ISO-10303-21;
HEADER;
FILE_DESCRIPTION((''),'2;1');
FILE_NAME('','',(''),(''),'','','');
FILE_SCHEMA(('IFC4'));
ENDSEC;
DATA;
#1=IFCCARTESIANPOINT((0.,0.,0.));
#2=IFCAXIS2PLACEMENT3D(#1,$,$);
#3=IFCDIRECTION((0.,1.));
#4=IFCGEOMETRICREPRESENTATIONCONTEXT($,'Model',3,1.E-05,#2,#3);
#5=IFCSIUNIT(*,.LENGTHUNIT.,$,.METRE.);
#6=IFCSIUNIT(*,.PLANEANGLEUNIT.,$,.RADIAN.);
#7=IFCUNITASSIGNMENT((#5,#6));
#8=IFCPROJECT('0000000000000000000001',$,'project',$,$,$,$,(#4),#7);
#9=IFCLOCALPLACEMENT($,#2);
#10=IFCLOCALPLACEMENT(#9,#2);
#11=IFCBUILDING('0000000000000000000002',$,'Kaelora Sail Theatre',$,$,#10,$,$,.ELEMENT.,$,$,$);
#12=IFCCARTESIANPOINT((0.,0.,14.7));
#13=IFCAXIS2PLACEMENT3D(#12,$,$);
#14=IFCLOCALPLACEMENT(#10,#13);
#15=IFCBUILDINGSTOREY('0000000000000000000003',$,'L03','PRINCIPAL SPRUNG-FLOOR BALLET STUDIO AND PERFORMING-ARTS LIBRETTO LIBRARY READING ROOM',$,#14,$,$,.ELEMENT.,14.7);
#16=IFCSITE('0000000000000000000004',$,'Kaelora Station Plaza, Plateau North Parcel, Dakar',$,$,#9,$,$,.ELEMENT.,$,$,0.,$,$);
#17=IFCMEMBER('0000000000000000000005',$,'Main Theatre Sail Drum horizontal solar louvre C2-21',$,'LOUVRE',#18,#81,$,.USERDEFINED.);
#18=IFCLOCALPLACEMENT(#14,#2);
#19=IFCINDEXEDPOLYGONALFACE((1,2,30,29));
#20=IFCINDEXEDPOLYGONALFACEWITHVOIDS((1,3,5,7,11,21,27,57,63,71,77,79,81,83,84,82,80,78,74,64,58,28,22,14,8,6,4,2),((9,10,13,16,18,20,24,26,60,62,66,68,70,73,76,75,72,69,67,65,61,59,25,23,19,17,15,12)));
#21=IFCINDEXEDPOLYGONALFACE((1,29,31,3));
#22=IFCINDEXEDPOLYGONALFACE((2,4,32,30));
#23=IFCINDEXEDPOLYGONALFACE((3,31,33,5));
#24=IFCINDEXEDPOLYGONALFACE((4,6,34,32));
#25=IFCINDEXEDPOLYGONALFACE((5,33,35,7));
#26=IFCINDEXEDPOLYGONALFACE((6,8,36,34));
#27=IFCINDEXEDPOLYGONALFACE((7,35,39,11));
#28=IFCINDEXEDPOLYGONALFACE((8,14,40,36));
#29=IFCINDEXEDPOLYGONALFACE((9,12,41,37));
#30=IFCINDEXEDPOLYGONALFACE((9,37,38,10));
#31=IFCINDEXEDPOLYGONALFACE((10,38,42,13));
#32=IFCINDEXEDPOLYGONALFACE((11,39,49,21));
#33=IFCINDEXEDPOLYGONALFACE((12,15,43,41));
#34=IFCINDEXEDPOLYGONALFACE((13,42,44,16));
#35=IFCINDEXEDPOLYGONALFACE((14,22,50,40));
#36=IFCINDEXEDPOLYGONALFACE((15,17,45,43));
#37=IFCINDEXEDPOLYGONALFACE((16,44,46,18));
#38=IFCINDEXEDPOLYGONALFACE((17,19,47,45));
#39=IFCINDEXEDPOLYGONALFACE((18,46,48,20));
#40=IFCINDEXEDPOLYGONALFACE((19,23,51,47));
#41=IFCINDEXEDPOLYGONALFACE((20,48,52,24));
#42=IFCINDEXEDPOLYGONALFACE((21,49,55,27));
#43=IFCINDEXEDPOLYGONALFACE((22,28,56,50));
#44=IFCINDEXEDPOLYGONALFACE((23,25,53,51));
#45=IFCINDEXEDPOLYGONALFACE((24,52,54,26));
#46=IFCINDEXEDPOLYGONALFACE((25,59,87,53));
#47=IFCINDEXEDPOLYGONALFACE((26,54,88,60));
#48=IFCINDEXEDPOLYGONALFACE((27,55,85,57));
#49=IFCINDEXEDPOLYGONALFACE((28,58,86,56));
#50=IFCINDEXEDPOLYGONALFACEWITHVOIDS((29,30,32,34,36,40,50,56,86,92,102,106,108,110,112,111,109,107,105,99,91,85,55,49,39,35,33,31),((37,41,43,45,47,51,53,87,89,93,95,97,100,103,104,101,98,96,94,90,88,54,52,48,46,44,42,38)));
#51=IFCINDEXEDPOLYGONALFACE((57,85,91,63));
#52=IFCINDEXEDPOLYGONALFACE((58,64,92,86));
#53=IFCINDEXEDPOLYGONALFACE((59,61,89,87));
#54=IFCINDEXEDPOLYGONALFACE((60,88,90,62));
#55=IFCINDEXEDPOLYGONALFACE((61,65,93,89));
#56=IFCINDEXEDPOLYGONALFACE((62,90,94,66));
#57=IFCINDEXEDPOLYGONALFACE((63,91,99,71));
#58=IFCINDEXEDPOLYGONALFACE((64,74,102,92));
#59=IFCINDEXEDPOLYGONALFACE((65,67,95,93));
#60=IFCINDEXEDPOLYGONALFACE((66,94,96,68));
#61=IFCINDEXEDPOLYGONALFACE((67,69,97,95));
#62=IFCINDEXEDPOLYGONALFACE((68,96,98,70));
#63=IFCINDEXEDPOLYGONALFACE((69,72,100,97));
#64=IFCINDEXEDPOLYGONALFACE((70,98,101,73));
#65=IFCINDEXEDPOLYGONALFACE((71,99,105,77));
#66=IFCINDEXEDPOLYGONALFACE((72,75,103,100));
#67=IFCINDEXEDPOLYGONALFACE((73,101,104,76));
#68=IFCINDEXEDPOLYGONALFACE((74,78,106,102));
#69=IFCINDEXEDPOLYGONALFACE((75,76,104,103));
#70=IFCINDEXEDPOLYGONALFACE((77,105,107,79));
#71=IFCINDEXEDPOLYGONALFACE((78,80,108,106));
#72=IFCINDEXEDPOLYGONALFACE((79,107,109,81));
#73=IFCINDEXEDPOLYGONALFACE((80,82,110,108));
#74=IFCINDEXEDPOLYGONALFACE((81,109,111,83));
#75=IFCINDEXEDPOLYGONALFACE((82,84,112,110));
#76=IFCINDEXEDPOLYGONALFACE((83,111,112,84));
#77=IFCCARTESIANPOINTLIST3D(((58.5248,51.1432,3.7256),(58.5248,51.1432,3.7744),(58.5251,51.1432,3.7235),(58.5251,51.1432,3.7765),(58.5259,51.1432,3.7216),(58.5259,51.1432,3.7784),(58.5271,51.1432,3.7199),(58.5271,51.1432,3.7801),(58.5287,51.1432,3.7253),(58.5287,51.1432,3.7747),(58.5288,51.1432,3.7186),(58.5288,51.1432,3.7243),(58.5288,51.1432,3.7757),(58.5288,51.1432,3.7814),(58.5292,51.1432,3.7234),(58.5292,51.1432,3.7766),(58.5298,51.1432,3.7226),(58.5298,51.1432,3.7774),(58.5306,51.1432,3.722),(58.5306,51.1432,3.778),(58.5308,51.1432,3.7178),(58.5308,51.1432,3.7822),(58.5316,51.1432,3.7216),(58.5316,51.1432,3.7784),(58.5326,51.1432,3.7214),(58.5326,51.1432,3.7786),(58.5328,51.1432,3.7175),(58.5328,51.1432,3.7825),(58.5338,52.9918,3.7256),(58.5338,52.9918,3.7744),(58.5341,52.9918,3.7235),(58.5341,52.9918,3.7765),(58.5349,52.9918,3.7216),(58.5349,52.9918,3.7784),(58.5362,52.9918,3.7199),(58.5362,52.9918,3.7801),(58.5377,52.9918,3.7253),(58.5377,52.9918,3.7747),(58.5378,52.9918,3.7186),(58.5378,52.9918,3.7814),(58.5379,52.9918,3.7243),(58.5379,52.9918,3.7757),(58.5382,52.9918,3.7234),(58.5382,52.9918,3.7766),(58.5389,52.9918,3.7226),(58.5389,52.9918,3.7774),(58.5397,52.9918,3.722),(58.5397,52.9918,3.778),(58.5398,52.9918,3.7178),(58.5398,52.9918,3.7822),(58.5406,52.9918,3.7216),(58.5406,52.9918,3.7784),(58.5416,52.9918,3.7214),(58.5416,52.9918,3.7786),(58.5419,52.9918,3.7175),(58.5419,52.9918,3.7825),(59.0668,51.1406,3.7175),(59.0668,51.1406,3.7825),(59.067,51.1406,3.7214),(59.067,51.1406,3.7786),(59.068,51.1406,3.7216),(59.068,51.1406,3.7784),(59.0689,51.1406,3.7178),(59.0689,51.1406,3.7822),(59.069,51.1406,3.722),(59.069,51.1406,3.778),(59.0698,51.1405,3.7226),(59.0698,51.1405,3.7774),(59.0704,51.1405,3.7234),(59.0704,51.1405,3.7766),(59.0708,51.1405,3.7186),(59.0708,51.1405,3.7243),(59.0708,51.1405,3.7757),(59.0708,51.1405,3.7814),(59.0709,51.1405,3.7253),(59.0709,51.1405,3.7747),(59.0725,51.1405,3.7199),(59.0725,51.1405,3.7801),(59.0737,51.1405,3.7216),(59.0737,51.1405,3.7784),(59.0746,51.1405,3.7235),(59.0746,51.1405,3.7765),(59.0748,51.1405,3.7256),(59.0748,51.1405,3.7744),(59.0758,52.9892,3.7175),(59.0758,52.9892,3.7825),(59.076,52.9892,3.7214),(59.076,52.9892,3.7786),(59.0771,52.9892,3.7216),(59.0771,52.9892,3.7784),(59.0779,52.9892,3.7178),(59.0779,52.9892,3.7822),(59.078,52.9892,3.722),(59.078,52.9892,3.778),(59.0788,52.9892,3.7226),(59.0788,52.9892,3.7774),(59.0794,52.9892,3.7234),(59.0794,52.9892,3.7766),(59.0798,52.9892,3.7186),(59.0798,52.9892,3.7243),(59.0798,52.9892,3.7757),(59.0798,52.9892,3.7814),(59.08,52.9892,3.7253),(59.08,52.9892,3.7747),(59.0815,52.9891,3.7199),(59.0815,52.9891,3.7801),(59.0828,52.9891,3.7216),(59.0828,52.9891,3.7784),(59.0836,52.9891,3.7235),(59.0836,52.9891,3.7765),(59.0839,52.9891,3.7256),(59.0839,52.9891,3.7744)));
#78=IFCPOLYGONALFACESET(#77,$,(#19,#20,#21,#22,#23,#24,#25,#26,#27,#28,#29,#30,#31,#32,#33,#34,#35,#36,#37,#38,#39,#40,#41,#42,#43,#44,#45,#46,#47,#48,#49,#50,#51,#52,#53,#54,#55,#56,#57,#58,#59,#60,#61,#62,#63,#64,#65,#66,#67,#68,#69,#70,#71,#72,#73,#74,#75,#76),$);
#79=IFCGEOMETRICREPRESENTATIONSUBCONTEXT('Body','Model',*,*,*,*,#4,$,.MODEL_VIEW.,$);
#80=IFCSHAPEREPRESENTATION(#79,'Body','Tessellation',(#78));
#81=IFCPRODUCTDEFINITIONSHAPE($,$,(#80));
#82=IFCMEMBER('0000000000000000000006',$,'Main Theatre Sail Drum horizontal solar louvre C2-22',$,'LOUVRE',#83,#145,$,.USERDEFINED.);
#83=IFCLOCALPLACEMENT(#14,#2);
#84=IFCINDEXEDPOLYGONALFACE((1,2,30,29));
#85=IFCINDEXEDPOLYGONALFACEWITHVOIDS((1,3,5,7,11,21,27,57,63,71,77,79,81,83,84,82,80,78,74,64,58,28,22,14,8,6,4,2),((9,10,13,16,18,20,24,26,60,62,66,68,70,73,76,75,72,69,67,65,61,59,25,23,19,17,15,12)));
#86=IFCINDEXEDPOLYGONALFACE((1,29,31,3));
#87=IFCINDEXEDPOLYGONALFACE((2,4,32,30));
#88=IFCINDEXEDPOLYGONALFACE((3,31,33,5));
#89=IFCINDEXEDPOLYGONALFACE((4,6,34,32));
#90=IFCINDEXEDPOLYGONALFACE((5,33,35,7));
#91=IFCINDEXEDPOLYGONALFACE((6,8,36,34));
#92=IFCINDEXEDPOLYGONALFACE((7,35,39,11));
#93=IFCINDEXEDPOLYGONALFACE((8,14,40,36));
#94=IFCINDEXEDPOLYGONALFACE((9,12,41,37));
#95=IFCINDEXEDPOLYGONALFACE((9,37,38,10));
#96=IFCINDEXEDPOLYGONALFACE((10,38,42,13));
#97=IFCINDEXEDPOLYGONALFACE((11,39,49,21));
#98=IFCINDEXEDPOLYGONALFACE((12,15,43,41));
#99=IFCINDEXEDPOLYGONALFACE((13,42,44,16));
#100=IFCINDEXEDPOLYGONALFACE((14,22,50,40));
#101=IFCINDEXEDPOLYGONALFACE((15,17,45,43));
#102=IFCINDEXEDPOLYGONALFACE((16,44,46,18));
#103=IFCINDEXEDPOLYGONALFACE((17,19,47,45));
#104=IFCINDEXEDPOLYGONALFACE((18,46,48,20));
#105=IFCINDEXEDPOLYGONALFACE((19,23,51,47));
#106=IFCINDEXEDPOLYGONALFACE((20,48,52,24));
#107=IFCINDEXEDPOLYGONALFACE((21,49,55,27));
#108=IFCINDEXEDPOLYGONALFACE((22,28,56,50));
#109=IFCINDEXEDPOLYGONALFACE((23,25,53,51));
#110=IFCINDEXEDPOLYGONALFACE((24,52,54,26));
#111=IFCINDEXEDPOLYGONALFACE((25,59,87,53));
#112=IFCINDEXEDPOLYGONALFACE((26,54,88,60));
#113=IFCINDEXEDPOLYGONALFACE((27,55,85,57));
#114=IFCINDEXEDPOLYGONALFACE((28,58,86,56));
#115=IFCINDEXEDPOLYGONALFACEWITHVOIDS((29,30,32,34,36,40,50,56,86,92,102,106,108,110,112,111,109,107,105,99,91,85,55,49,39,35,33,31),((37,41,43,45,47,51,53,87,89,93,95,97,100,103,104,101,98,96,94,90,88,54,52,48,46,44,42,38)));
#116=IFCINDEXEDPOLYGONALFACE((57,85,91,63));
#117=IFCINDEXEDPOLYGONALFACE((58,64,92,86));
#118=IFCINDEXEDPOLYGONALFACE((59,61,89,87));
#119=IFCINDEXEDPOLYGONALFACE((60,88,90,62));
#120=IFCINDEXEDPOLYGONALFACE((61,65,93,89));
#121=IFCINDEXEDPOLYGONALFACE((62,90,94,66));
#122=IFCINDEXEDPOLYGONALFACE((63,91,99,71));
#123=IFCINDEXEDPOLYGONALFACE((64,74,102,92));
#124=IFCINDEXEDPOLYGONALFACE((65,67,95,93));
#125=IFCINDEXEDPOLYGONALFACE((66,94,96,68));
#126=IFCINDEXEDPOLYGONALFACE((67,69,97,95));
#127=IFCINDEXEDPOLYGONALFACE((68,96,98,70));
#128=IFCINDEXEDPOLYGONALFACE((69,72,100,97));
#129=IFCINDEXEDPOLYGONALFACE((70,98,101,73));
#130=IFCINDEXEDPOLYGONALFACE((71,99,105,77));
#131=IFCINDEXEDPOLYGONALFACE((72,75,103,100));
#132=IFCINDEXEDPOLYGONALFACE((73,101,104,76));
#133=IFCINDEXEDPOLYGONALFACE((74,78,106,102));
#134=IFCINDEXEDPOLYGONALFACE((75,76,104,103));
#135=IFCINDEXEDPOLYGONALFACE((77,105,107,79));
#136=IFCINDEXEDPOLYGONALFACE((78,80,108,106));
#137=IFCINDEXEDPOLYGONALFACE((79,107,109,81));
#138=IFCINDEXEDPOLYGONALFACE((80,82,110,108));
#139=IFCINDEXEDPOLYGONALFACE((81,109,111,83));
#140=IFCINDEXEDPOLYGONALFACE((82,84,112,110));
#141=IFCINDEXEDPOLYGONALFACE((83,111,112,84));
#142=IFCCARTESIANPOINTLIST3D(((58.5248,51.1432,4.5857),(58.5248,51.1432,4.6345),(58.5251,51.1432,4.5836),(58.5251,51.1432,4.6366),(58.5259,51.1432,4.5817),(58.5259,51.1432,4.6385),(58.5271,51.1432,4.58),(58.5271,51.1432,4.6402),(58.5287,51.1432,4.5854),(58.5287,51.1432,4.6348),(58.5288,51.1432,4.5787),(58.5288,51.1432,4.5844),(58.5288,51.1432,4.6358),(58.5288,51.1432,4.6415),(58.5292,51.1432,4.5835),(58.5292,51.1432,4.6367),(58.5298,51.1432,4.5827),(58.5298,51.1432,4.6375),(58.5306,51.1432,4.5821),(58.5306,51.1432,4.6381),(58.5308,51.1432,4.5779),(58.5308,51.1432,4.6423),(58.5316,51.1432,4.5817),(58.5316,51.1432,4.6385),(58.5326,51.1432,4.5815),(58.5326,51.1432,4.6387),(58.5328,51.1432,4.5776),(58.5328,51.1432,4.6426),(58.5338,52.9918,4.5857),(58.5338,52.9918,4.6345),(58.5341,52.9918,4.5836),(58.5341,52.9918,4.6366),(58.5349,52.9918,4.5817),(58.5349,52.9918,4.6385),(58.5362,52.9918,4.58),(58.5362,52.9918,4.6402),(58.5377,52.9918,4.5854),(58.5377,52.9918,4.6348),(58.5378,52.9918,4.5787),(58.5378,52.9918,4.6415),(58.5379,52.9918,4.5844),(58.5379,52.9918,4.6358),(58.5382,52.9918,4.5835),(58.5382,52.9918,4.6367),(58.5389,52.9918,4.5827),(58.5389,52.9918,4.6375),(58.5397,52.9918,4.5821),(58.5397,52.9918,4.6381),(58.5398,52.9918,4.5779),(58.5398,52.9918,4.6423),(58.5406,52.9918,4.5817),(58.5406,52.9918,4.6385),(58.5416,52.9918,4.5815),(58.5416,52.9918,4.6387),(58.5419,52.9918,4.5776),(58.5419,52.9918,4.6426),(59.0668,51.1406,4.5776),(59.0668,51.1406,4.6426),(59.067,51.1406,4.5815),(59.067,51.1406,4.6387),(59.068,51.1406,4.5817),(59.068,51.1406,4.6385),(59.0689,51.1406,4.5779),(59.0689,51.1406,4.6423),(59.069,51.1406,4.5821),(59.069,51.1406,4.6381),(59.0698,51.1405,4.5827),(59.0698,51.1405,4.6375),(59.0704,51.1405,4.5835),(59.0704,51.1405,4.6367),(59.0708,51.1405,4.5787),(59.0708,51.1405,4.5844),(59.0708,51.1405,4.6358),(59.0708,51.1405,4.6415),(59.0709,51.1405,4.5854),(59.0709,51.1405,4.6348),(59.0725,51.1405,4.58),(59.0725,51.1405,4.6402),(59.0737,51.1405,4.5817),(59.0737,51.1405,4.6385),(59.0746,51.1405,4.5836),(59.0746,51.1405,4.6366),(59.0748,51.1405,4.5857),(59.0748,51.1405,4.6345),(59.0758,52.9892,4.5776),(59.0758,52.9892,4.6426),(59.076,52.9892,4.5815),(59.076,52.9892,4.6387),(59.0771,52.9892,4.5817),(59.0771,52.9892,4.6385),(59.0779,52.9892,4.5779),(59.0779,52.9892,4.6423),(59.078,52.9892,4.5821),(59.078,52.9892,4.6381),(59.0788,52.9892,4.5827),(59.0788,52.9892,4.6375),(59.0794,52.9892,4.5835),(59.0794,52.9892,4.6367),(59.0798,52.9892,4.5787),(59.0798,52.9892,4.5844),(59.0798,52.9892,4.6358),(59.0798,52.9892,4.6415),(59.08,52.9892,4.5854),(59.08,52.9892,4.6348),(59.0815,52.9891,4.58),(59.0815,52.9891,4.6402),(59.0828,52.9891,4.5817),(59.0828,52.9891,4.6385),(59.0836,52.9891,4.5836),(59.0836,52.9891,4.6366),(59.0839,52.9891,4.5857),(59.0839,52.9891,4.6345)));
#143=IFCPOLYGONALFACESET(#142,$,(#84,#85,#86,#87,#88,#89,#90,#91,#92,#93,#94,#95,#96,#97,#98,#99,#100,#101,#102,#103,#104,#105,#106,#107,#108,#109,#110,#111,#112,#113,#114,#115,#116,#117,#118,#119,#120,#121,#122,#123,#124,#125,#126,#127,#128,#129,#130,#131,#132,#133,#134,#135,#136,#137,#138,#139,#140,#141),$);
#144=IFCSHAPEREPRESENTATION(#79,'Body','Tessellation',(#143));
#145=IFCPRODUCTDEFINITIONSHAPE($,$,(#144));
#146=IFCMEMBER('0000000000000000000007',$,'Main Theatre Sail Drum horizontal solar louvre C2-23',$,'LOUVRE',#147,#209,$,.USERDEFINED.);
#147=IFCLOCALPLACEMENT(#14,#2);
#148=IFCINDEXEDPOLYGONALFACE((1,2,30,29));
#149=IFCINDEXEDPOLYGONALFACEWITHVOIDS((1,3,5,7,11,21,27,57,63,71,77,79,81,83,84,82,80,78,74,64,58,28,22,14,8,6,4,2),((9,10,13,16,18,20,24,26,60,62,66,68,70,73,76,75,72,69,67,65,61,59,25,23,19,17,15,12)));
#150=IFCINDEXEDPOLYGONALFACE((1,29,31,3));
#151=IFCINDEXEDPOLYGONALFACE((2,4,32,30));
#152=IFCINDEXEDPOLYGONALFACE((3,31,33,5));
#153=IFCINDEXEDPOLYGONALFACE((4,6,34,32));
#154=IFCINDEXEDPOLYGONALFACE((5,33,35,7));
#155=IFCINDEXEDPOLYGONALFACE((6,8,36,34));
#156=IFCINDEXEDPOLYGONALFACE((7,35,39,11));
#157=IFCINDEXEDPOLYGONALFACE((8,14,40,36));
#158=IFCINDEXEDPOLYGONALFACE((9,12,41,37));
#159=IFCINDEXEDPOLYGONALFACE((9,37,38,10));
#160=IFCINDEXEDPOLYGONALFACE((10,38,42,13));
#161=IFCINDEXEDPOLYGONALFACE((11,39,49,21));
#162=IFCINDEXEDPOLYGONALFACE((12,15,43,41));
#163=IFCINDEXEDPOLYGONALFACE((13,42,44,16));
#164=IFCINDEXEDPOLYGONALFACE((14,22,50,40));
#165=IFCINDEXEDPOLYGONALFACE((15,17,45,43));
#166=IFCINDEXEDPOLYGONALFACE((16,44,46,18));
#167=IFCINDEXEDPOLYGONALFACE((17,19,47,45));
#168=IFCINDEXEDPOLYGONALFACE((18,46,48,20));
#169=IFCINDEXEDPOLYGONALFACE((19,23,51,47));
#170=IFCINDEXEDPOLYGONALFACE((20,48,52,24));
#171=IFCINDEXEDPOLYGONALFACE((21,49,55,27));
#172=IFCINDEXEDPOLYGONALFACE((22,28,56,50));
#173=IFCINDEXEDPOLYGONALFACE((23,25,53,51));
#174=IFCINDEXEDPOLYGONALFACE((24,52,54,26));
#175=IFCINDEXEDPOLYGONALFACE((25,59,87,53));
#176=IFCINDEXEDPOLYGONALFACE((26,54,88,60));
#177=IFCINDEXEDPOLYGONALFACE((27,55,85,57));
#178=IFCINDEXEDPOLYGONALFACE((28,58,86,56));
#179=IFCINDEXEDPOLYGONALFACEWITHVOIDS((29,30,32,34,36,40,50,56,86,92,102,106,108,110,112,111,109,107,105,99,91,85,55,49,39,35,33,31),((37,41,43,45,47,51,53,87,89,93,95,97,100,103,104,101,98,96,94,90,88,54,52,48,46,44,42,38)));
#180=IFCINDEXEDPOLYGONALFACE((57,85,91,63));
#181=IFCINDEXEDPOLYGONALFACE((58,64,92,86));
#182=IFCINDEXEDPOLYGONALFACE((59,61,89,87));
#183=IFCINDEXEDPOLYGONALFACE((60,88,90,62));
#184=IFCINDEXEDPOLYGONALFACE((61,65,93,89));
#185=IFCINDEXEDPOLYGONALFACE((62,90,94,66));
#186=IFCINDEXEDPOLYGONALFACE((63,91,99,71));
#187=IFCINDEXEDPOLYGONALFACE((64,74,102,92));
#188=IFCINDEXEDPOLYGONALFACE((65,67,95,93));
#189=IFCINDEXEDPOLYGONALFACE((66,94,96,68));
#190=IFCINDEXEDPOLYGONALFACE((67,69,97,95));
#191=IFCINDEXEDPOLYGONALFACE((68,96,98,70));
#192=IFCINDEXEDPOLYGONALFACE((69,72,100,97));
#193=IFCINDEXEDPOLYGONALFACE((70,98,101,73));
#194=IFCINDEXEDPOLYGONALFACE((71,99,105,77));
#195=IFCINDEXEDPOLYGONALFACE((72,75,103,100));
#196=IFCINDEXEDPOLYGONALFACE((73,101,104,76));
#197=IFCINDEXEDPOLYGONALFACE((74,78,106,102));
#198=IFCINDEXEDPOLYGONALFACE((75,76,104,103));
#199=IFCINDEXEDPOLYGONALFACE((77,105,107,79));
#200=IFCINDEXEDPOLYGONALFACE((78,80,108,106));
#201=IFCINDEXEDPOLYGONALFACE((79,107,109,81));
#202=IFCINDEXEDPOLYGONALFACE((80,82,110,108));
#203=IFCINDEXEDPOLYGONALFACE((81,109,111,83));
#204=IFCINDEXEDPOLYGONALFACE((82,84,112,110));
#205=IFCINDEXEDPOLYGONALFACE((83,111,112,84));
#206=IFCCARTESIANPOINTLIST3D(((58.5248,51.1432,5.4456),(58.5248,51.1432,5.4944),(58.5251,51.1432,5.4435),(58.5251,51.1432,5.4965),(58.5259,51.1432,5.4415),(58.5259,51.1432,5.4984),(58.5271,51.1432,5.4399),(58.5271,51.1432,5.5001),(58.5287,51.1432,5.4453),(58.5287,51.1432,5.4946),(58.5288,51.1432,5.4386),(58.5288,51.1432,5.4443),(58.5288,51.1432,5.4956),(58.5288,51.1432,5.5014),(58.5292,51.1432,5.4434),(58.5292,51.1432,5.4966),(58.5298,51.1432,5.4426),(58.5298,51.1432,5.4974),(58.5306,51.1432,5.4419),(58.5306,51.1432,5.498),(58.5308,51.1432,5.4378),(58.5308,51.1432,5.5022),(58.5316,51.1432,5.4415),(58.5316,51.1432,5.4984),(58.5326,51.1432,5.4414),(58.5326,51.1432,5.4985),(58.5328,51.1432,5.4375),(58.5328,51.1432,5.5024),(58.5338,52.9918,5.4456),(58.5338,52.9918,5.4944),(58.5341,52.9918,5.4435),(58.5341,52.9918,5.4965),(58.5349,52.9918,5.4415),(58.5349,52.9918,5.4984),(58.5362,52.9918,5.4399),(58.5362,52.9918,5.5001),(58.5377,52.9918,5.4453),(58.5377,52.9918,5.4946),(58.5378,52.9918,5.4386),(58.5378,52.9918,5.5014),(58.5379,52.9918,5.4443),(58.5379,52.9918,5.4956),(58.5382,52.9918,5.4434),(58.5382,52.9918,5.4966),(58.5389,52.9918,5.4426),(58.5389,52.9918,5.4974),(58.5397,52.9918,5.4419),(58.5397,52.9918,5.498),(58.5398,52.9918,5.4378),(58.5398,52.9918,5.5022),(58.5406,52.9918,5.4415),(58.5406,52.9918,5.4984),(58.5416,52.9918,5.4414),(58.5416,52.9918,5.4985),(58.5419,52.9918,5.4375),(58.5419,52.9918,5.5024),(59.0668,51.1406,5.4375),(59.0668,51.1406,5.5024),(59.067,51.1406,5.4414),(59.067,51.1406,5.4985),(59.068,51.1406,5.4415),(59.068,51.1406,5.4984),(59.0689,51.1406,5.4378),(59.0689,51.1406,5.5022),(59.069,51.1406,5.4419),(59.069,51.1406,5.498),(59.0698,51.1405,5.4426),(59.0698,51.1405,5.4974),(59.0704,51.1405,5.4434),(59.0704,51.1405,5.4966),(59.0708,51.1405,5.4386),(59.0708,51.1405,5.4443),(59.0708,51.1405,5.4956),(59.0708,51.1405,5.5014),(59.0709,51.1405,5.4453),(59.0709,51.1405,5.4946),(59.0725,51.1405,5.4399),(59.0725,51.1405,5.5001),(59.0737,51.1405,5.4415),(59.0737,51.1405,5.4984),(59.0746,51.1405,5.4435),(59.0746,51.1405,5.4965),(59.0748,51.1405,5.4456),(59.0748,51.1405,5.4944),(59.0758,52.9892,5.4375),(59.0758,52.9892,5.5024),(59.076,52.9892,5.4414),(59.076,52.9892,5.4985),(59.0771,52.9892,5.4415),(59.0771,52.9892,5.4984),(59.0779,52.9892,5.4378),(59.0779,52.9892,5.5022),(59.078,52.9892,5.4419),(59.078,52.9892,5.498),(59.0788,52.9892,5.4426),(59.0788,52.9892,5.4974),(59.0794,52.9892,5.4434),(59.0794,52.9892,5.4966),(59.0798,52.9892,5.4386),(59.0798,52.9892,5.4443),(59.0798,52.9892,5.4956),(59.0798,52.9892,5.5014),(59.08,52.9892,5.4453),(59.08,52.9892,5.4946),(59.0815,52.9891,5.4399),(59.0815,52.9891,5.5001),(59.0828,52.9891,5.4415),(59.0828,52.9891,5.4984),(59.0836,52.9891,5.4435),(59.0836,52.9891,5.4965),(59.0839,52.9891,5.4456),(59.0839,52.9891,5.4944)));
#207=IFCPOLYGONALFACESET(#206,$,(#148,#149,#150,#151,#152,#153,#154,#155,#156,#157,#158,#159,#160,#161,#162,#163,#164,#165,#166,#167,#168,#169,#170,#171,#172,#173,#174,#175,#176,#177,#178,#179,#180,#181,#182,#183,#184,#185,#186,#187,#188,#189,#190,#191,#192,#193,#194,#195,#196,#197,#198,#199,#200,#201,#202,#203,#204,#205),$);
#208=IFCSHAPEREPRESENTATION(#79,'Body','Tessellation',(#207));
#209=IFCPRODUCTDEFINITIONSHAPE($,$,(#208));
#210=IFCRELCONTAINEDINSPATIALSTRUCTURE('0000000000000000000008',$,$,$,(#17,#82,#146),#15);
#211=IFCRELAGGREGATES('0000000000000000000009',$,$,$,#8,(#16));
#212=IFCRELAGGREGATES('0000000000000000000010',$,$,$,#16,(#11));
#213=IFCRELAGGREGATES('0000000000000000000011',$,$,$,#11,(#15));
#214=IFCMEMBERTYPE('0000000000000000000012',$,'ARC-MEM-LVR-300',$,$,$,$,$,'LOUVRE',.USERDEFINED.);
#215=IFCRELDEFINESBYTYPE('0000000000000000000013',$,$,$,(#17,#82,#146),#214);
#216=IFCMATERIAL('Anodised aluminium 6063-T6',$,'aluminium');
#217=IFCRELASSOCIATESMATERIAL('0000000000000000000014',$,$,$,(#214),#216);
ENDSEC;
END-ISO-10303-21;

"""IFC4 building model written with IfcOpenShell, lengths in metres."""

from ifc_helpers import new_model, si_unit, direction, frame, origin, origin_2d, place, context, subcontext, project, spatial, hollow_rectangle, extrude, material, material_profile, profile_set, type_object, element, save


model = new_model("IFC4")

# Units and contexts
model_context = context("Model", 3, precision=1e-05, world=origin(), true_north=direction((0.0, 1.0)))
body_context = subcontext(model_context, "Body", "Model", "MODEL_VIEW")
ifc_project = project(units=[si_unit("LENGTHUNIT", "METRE"), si_unit("PLANEANGLEUNIT", "RADIAN")], contexts=[model_context])

# Site, building, storey
site_placement = place(None, origin())
site = spatial("IfcSite", under=ifc_project, at=site_placement, Name="Kaelora Station Plaza, Plateau North Parcel, Dakar", CompositionType="ELEMENT", RefElevation=0.0)
building_placement = place(site_placement, origin())
building = spatial("IfcBuilding", under=site, at=building_placement, Name="Kaelora Sail Theatre", CompositionType="ELEMENT")
storey_placement = place(building_placement, frame((0.0, 0.0, 14.7)))
storey = spatial("IfcBuildingStorey", under=building, at=storey_placement, Name="L03", Description="PRINCIPAL SPRUNG-FLOOR BALLET STUDIO AND PERFORMING-ARTS LIBRETTO LIBRARY READING ROOM", CompositionType="ELEMENT", Elevation=14.7)

# Members
ifc_material_1 = material(Name="Anodised aluminium 6063-T6", Category="aluminium")
ifc_material_profile_1 = material_profile(ifc_material_1, hollow_rectangle(XDim=0.55, YDim=0.0649, WallThickness=0.0039, InnerFilletRadius=0.0039, OuterFilletRadius=0.0081, at=origin_2d()), Name="LOUVRE 550x65x4")
ifc_profile_set_1 = profile_set([ifc_material_profile_1], Name="Anodised aluminium 6063-T6")
member_type = type_object("IfcMemberType", Name="ARC-MEM-LVR-300", ElementType="LOUVRE", PredefinedType="USERDEFINED", material=ifc_profile_set_1)
for number, where, z_axis, x_axis, name in (
    (1, (58.8088, 52.9905, 3.75), (-0.004886, -0.999988, 0.0), (0.999988, -0.004886, 0.0), "Main Theatre Sail Drum horizontal solar louvre C2-21"),
    (2, (58.8088, 52.9905, 4.6101), (-0.004886, -0.999988, 0.0), (0.999988, -0.004886, 0.0), "Main Theatre Sail Drum horizontal solar louvre C2-22"),
    (3, (58.8088, 52.9905, 5.47), (-0.004886, -0.999988, 0.0), (0.999988, -0.004886, 0.0), "Main Theatre Sail Drum horizontal solar louvre C2-23"),
):
    element("IfcMember", number, at=place(storey_placement, frame(where, z_axis=z_axis, x_axis=x_axis)), inside=storey, type_object=member_type, Name=name, ObjectType="LOUVRE", PredefinedType="USERDEFINED", context=body_context, shape_type="SweptSolid", body=[
        extrude(hollow_rectangle(XDim=0.55, YDim=0.0649, WallThickness=0.0039, InnerFilletRadius=0.0039, OuterFilletRadius=0.0081, at=origin_2d()), origin(), (0.0, 0.0, 1.0), 1.8486),
    ])

save(model, "model.ifc")
